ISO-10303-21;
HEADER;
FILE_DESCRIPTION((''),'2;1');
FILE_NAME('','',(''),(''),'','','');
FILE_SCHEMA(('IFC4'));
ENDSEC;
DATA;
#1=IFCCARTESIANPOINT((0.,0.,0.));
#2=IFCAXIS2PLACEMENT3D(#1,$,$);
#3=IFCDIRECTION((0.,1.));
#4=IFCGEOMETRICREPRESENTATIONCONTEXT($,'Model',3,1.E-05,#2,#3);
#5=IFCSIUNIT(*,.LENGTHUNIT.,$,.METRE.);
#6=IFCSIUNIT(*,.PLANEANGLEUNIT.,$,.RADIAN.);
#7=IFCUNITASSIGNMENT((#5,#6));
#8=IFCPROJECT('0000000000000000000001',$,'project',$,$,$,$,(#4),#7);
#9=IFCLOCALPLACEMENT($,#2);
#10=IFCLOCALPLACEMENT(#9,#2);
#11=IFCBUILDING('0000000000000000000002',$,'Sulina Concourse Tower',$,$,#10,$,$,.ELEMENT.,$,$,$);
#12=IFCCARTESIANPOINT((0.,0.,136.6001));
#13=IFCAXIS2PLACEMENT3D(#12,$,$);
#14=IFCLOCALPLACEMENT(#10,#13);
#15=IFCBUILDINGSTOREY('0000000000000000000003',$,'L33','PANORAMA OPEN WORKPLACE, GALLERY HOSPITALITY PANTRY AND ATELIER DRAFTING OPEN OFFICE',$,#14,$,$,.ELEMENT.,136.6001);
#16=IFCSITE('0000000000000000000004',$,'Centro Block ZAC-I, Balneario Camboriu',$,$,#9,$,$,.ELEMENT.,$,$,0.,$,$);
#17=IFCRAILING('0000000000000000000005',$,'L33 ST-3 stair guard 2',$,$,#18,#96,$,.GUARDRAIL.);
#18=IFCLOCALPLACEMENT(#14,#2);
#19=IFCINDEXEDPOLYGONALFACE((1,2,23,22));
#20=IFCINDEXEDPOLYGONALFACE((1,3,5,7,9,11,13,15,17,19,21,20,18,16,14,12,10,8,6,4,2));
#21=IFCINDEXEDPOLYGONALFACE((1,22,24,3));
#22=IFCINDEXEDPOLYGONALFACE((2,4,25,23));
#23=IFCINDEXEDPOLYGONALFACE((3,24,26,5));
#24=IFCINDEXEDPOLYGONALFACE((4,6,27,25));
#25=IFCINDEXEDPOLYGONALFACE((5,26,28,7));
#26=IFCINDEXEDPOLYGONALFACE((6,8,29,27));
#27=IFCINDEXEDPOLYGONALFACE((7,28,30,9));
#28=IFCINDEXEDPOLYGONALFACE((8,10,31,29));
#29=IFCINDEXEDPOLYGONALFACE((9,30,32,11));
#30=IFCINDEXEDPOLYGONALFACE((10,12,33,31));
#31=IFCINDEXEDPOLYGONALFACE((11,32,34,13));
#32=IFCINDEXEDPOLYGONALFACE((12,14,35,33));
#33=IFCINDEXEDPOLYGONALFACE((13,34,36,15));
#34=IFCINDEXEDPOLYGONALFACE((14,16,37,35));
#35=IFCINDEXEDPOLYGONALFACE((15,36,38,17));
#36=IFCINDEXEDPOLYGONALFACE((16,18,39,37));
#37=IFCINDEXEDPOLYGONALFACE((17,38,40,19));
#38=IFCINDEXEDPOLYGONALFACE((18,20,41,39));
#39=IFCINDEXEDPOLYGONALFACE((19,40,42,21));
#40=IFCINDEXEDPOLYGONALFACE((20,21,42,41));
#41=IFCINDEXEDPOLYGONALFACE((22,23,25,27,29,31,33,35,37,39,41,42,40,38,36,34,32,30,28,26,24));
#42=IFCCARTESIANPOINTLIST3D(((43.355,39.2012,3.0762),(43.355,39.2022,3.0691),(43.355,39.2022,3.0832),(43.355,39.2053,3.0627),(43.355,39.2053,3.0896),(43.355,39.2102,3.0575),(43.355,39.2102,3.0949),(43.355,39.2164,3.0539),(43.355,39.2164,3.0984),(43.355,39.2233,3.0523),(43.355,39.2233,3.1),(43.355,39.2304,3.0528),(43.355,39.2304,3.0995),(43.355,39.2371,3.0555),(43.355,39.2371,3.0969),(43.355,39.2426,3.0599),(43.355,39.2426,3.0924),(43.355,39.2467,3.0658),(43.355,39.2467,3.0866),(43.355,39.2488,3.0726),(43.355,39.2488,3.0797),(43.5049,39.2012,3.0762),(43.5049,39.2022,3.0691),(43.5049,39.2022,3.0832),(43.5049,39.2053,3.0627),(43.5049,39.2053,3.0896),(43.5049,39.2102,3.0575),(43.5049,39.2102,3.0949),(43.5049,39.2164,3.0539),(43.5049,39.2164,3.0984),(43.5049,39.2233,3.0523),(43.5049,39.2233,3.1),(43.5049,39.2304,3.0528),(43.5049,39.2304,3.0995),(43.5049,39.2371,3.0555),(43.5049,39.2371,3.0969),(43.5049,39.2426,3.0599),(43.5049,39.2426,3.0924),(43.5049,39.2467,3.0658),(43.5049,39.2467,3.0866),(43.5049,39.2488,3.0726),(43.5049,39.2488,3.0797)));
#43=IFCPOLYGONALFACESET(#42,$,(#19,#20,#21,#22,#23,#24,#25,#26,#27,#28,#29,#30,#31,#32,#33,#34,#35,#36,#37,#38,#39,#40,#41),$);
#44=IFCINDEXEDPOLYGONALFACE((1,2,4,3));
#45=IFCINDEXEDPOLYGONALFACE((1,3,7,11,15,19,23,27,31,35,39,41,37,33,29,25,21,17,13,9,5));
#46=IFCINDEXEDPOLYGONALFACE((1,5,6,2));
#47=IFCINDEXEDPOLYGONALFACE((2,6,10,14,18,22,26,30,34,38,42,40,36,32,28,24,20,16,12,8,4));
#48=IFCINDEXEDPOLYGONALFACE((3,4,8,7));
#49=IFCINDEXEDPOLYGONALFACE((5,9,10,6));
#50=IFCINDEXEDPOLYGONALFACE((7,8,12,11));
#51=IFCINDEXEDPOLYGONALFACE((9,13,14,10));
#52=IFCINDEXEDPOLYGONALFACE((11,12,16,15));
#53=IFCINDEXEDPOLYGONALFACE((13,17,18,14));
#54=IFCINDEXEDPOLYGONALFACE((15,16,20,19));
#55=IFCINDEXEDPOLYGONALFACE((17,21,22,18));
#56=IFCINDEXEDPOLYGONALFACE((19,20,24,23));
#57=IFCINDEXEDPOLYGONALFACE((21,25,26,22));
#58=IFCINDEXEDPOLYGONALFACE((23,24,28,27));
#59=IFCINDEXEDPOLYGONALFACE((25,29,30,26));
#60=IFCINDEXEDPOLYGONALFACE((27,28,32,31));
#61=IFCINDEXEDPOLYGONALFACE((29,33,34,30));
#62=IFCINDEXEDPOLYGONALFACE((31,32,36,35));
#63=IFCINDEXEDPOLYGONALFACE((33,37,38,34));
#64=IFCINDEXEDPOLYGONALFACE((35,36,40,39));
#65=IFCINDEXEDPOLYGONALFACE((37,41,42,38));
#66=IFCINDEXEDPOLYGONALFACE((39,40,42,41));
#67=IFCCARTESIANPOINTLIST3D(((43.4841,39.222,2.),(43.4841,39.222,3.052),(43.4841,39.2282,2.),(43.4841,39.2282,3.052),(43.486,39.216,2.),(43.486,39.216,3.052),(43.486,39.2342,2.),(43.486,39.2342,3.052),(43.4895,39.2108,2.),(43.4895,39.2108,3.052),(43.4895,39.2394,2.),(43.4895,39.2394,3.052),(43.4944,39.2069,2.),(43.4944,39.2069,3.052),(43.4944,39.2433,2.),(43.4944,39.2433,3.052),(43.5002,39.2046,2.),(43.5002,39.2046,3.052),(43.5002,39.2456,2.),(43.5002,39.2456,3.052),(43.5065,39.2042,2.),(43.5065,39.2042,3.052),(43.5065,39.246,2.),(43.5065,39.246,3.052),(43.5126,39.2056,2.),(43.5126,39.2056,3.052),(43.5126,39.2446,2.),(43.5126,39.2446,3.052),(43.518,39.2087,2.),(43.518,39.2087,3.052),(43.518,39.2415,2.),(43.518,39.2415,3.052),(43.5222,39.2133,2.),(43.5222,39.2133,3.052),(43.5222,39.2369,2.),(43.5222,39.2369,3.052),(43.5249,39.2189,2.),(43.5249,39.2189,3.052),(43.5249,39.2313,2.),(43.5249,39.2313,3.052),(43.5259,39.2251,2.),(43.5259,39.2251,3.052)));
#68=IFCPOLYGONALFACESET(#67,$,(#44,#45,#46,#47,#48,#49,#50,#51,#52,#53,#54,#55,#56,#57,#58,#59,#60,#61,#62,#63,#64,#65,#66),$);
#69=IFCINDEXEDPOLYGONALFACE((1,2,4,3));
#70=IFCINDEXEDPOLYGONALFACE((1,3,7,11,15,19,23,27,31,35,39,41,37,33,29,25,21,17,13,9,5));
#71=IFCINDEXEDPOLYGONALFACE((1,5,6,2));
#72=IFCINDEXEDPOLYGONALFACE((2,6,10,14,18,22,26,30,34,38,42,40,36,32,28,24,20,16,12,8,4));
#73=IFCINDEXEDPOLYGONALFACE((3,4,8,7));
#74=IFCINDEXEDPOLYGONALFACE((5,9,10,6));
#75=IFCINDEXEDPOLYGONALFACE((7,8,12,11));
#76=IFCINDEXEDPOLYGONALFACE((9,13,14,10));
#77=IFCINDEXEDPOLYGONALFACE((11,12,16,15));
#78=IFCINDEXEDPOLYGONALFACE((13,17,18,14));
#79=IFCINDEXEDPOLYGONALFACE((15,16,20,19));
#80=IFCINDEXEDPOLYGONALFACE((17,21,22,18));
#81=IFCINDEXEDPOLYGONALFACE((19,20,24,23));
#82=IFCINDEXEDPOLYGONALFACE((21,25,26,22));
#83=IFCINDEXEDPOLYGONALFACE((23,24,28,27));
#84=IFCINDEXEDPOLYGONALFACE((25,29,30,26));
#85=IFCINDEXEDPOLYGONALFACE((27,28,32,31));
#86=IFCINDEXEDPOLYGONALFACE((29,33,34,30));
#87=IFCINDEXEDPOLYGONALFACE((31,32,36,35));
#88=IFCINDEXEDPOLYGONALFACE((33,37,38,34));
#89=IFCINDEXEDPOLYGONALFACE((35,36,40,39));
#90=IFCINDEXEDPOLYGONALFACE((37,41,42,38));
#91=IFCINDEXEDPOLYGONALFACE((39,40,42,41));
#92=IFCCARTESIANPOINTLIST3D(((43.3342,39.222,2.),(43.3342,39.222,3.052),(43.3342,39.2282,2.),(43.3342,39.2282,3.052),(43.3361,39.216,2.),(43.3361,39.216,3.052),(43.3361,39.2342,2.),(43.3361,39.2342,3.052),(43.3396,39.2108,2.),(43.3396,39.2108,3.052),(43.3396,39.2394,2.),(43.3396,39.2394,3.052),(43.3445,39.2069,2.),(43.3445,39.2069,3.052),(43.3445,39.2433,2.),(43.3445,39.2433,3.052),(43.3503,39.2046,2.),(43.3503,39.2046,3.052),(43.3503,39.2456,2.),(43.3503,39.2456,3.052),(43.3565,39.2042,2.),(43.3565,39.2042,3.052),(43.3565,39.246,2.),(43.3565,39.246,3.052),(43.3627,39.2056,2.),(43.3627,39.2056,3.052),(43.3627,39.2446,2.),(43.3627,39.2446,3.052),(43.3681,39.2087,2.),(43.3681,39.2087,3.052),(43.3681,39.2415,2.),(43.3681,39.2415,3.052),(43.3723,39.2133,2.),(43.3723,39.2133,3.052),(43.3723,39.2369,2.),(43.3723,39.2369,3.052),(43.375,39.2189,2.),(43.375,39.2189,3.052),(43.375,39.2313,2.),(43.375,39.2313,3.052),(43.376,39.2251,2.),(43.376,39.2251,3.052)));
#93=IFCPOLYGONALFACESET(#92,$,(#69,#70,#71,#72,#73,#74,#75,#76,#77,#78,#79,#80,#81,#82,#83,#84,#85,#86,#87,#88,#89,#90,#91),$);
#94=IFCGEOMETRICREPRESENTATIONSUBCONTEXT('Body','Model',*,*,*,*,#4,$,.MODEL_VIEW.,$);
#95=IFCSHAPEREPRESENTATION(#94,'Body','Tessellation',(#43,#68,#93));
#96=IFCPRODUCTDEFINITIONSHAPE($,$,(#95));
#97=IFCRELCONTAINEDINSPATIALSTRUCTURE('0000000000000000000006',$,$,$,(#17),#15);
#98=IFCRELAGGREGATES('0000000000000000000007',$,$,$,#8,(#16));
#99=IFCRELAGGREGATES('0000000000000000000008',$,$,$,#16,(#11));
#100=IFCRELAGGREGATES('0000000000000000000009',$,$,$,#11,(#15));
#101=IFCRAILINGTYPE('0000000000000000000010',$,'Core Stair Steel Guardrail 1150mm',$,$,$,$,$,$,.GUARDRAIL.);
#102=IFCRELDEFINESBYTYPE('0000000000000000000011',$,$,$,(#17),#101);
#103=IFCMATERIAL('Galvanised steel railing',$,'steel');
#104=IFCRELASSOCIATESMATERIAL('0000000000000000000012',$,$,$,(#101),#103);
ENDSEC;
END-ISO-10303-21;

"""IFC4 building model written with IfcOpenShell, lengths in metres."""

from ifc_helpers import new_model, si_unit, direction, frame, origin, origin_2d, place, context, subcontext, project, spatial, circle, extrude, material, type_object, element, save


model = new_model("IFC4")

# Units and contexts
model_context = context("Model", 3, precision=1e-05, world=origin(), true_north=direction((0.0, 1.0)))
body_context = subcontext(model_context, "Body", "Model", "MODEL_VIEW")
ifc_project = project(units=[si_unit("LENGTHUNIT", "METRE"), si_unit("PLANEANGLEUNIT", "RADIAN")], contexts=[model_context])

# Site, building, storey
site_placement = place(None, origin())
site = spatial("IfcSite", under=ifc_project, at=site_placement, Name="Centro Block ZAC-I, Balneario Camboriu", CompositionType="ELEMENT", RefElevation=0.0)
building_placement = place(site_placement, origin())
building = spatial("IfcBuilding", under=site, at=building_placement, Name="Sulina Concourse Tower", CompositionType="ELEMENT")
storey_placement = place(building_placement, frame((0.0, 0.0, 136.6001)))
storey = spatial("IfcBuildingStorey", under=building, at=storey_placement, Name="L33", Description="PANORAMA OPEN WORKPLACE, GALLERY HOSPITALITY PANTRY AND ATELIER DRAFTING OPEN OFFICE", CompositionType="ELEMENT", Elevation=136.6001)

# Railing
ifc_material_1 = material(Name="Galvanised steel railing", Category="steel")
railing_type_1 = type_object("IfcRailingType", Name="Core Stair Steel Guardrail 1150mm", PredefinedType="GUARDRAIL", material=ifc_material_1)
railing_1_placement = place(storey_placement, frame((43.5049, 39.2251, 2.0)))
element("IfcRailing", 1, at=railing_1_placement, inside=storey, type_object=railing_type_1, Name="L33 ST-3 stair guard 2", PredefinedType="GUARDRAIL", context=body_context, shape_type="SweptSolid", body=[
    extrude(circle(Radius=0.0239, at=origin_2d()), frame((0.0, 0.0, 1.0762), z_axis=(-1.0, 0.0, 0.0), x_axis=(0.0, -1.0, 0.0)), (0.0, 0.0, 1.0), 0.1499),
    extrude(circle(Radius=0.021, at=origin_2d()), origin(), (0.0, 0.0, 1.0), 1.052),
    extrude(circle(Radius=0.021, at=origin_2d()), frame((-0.1499, 0.0, 0.0)), (0.0, 0.0, 1.0), 1.052),
])

save(model, "model.ifc")
